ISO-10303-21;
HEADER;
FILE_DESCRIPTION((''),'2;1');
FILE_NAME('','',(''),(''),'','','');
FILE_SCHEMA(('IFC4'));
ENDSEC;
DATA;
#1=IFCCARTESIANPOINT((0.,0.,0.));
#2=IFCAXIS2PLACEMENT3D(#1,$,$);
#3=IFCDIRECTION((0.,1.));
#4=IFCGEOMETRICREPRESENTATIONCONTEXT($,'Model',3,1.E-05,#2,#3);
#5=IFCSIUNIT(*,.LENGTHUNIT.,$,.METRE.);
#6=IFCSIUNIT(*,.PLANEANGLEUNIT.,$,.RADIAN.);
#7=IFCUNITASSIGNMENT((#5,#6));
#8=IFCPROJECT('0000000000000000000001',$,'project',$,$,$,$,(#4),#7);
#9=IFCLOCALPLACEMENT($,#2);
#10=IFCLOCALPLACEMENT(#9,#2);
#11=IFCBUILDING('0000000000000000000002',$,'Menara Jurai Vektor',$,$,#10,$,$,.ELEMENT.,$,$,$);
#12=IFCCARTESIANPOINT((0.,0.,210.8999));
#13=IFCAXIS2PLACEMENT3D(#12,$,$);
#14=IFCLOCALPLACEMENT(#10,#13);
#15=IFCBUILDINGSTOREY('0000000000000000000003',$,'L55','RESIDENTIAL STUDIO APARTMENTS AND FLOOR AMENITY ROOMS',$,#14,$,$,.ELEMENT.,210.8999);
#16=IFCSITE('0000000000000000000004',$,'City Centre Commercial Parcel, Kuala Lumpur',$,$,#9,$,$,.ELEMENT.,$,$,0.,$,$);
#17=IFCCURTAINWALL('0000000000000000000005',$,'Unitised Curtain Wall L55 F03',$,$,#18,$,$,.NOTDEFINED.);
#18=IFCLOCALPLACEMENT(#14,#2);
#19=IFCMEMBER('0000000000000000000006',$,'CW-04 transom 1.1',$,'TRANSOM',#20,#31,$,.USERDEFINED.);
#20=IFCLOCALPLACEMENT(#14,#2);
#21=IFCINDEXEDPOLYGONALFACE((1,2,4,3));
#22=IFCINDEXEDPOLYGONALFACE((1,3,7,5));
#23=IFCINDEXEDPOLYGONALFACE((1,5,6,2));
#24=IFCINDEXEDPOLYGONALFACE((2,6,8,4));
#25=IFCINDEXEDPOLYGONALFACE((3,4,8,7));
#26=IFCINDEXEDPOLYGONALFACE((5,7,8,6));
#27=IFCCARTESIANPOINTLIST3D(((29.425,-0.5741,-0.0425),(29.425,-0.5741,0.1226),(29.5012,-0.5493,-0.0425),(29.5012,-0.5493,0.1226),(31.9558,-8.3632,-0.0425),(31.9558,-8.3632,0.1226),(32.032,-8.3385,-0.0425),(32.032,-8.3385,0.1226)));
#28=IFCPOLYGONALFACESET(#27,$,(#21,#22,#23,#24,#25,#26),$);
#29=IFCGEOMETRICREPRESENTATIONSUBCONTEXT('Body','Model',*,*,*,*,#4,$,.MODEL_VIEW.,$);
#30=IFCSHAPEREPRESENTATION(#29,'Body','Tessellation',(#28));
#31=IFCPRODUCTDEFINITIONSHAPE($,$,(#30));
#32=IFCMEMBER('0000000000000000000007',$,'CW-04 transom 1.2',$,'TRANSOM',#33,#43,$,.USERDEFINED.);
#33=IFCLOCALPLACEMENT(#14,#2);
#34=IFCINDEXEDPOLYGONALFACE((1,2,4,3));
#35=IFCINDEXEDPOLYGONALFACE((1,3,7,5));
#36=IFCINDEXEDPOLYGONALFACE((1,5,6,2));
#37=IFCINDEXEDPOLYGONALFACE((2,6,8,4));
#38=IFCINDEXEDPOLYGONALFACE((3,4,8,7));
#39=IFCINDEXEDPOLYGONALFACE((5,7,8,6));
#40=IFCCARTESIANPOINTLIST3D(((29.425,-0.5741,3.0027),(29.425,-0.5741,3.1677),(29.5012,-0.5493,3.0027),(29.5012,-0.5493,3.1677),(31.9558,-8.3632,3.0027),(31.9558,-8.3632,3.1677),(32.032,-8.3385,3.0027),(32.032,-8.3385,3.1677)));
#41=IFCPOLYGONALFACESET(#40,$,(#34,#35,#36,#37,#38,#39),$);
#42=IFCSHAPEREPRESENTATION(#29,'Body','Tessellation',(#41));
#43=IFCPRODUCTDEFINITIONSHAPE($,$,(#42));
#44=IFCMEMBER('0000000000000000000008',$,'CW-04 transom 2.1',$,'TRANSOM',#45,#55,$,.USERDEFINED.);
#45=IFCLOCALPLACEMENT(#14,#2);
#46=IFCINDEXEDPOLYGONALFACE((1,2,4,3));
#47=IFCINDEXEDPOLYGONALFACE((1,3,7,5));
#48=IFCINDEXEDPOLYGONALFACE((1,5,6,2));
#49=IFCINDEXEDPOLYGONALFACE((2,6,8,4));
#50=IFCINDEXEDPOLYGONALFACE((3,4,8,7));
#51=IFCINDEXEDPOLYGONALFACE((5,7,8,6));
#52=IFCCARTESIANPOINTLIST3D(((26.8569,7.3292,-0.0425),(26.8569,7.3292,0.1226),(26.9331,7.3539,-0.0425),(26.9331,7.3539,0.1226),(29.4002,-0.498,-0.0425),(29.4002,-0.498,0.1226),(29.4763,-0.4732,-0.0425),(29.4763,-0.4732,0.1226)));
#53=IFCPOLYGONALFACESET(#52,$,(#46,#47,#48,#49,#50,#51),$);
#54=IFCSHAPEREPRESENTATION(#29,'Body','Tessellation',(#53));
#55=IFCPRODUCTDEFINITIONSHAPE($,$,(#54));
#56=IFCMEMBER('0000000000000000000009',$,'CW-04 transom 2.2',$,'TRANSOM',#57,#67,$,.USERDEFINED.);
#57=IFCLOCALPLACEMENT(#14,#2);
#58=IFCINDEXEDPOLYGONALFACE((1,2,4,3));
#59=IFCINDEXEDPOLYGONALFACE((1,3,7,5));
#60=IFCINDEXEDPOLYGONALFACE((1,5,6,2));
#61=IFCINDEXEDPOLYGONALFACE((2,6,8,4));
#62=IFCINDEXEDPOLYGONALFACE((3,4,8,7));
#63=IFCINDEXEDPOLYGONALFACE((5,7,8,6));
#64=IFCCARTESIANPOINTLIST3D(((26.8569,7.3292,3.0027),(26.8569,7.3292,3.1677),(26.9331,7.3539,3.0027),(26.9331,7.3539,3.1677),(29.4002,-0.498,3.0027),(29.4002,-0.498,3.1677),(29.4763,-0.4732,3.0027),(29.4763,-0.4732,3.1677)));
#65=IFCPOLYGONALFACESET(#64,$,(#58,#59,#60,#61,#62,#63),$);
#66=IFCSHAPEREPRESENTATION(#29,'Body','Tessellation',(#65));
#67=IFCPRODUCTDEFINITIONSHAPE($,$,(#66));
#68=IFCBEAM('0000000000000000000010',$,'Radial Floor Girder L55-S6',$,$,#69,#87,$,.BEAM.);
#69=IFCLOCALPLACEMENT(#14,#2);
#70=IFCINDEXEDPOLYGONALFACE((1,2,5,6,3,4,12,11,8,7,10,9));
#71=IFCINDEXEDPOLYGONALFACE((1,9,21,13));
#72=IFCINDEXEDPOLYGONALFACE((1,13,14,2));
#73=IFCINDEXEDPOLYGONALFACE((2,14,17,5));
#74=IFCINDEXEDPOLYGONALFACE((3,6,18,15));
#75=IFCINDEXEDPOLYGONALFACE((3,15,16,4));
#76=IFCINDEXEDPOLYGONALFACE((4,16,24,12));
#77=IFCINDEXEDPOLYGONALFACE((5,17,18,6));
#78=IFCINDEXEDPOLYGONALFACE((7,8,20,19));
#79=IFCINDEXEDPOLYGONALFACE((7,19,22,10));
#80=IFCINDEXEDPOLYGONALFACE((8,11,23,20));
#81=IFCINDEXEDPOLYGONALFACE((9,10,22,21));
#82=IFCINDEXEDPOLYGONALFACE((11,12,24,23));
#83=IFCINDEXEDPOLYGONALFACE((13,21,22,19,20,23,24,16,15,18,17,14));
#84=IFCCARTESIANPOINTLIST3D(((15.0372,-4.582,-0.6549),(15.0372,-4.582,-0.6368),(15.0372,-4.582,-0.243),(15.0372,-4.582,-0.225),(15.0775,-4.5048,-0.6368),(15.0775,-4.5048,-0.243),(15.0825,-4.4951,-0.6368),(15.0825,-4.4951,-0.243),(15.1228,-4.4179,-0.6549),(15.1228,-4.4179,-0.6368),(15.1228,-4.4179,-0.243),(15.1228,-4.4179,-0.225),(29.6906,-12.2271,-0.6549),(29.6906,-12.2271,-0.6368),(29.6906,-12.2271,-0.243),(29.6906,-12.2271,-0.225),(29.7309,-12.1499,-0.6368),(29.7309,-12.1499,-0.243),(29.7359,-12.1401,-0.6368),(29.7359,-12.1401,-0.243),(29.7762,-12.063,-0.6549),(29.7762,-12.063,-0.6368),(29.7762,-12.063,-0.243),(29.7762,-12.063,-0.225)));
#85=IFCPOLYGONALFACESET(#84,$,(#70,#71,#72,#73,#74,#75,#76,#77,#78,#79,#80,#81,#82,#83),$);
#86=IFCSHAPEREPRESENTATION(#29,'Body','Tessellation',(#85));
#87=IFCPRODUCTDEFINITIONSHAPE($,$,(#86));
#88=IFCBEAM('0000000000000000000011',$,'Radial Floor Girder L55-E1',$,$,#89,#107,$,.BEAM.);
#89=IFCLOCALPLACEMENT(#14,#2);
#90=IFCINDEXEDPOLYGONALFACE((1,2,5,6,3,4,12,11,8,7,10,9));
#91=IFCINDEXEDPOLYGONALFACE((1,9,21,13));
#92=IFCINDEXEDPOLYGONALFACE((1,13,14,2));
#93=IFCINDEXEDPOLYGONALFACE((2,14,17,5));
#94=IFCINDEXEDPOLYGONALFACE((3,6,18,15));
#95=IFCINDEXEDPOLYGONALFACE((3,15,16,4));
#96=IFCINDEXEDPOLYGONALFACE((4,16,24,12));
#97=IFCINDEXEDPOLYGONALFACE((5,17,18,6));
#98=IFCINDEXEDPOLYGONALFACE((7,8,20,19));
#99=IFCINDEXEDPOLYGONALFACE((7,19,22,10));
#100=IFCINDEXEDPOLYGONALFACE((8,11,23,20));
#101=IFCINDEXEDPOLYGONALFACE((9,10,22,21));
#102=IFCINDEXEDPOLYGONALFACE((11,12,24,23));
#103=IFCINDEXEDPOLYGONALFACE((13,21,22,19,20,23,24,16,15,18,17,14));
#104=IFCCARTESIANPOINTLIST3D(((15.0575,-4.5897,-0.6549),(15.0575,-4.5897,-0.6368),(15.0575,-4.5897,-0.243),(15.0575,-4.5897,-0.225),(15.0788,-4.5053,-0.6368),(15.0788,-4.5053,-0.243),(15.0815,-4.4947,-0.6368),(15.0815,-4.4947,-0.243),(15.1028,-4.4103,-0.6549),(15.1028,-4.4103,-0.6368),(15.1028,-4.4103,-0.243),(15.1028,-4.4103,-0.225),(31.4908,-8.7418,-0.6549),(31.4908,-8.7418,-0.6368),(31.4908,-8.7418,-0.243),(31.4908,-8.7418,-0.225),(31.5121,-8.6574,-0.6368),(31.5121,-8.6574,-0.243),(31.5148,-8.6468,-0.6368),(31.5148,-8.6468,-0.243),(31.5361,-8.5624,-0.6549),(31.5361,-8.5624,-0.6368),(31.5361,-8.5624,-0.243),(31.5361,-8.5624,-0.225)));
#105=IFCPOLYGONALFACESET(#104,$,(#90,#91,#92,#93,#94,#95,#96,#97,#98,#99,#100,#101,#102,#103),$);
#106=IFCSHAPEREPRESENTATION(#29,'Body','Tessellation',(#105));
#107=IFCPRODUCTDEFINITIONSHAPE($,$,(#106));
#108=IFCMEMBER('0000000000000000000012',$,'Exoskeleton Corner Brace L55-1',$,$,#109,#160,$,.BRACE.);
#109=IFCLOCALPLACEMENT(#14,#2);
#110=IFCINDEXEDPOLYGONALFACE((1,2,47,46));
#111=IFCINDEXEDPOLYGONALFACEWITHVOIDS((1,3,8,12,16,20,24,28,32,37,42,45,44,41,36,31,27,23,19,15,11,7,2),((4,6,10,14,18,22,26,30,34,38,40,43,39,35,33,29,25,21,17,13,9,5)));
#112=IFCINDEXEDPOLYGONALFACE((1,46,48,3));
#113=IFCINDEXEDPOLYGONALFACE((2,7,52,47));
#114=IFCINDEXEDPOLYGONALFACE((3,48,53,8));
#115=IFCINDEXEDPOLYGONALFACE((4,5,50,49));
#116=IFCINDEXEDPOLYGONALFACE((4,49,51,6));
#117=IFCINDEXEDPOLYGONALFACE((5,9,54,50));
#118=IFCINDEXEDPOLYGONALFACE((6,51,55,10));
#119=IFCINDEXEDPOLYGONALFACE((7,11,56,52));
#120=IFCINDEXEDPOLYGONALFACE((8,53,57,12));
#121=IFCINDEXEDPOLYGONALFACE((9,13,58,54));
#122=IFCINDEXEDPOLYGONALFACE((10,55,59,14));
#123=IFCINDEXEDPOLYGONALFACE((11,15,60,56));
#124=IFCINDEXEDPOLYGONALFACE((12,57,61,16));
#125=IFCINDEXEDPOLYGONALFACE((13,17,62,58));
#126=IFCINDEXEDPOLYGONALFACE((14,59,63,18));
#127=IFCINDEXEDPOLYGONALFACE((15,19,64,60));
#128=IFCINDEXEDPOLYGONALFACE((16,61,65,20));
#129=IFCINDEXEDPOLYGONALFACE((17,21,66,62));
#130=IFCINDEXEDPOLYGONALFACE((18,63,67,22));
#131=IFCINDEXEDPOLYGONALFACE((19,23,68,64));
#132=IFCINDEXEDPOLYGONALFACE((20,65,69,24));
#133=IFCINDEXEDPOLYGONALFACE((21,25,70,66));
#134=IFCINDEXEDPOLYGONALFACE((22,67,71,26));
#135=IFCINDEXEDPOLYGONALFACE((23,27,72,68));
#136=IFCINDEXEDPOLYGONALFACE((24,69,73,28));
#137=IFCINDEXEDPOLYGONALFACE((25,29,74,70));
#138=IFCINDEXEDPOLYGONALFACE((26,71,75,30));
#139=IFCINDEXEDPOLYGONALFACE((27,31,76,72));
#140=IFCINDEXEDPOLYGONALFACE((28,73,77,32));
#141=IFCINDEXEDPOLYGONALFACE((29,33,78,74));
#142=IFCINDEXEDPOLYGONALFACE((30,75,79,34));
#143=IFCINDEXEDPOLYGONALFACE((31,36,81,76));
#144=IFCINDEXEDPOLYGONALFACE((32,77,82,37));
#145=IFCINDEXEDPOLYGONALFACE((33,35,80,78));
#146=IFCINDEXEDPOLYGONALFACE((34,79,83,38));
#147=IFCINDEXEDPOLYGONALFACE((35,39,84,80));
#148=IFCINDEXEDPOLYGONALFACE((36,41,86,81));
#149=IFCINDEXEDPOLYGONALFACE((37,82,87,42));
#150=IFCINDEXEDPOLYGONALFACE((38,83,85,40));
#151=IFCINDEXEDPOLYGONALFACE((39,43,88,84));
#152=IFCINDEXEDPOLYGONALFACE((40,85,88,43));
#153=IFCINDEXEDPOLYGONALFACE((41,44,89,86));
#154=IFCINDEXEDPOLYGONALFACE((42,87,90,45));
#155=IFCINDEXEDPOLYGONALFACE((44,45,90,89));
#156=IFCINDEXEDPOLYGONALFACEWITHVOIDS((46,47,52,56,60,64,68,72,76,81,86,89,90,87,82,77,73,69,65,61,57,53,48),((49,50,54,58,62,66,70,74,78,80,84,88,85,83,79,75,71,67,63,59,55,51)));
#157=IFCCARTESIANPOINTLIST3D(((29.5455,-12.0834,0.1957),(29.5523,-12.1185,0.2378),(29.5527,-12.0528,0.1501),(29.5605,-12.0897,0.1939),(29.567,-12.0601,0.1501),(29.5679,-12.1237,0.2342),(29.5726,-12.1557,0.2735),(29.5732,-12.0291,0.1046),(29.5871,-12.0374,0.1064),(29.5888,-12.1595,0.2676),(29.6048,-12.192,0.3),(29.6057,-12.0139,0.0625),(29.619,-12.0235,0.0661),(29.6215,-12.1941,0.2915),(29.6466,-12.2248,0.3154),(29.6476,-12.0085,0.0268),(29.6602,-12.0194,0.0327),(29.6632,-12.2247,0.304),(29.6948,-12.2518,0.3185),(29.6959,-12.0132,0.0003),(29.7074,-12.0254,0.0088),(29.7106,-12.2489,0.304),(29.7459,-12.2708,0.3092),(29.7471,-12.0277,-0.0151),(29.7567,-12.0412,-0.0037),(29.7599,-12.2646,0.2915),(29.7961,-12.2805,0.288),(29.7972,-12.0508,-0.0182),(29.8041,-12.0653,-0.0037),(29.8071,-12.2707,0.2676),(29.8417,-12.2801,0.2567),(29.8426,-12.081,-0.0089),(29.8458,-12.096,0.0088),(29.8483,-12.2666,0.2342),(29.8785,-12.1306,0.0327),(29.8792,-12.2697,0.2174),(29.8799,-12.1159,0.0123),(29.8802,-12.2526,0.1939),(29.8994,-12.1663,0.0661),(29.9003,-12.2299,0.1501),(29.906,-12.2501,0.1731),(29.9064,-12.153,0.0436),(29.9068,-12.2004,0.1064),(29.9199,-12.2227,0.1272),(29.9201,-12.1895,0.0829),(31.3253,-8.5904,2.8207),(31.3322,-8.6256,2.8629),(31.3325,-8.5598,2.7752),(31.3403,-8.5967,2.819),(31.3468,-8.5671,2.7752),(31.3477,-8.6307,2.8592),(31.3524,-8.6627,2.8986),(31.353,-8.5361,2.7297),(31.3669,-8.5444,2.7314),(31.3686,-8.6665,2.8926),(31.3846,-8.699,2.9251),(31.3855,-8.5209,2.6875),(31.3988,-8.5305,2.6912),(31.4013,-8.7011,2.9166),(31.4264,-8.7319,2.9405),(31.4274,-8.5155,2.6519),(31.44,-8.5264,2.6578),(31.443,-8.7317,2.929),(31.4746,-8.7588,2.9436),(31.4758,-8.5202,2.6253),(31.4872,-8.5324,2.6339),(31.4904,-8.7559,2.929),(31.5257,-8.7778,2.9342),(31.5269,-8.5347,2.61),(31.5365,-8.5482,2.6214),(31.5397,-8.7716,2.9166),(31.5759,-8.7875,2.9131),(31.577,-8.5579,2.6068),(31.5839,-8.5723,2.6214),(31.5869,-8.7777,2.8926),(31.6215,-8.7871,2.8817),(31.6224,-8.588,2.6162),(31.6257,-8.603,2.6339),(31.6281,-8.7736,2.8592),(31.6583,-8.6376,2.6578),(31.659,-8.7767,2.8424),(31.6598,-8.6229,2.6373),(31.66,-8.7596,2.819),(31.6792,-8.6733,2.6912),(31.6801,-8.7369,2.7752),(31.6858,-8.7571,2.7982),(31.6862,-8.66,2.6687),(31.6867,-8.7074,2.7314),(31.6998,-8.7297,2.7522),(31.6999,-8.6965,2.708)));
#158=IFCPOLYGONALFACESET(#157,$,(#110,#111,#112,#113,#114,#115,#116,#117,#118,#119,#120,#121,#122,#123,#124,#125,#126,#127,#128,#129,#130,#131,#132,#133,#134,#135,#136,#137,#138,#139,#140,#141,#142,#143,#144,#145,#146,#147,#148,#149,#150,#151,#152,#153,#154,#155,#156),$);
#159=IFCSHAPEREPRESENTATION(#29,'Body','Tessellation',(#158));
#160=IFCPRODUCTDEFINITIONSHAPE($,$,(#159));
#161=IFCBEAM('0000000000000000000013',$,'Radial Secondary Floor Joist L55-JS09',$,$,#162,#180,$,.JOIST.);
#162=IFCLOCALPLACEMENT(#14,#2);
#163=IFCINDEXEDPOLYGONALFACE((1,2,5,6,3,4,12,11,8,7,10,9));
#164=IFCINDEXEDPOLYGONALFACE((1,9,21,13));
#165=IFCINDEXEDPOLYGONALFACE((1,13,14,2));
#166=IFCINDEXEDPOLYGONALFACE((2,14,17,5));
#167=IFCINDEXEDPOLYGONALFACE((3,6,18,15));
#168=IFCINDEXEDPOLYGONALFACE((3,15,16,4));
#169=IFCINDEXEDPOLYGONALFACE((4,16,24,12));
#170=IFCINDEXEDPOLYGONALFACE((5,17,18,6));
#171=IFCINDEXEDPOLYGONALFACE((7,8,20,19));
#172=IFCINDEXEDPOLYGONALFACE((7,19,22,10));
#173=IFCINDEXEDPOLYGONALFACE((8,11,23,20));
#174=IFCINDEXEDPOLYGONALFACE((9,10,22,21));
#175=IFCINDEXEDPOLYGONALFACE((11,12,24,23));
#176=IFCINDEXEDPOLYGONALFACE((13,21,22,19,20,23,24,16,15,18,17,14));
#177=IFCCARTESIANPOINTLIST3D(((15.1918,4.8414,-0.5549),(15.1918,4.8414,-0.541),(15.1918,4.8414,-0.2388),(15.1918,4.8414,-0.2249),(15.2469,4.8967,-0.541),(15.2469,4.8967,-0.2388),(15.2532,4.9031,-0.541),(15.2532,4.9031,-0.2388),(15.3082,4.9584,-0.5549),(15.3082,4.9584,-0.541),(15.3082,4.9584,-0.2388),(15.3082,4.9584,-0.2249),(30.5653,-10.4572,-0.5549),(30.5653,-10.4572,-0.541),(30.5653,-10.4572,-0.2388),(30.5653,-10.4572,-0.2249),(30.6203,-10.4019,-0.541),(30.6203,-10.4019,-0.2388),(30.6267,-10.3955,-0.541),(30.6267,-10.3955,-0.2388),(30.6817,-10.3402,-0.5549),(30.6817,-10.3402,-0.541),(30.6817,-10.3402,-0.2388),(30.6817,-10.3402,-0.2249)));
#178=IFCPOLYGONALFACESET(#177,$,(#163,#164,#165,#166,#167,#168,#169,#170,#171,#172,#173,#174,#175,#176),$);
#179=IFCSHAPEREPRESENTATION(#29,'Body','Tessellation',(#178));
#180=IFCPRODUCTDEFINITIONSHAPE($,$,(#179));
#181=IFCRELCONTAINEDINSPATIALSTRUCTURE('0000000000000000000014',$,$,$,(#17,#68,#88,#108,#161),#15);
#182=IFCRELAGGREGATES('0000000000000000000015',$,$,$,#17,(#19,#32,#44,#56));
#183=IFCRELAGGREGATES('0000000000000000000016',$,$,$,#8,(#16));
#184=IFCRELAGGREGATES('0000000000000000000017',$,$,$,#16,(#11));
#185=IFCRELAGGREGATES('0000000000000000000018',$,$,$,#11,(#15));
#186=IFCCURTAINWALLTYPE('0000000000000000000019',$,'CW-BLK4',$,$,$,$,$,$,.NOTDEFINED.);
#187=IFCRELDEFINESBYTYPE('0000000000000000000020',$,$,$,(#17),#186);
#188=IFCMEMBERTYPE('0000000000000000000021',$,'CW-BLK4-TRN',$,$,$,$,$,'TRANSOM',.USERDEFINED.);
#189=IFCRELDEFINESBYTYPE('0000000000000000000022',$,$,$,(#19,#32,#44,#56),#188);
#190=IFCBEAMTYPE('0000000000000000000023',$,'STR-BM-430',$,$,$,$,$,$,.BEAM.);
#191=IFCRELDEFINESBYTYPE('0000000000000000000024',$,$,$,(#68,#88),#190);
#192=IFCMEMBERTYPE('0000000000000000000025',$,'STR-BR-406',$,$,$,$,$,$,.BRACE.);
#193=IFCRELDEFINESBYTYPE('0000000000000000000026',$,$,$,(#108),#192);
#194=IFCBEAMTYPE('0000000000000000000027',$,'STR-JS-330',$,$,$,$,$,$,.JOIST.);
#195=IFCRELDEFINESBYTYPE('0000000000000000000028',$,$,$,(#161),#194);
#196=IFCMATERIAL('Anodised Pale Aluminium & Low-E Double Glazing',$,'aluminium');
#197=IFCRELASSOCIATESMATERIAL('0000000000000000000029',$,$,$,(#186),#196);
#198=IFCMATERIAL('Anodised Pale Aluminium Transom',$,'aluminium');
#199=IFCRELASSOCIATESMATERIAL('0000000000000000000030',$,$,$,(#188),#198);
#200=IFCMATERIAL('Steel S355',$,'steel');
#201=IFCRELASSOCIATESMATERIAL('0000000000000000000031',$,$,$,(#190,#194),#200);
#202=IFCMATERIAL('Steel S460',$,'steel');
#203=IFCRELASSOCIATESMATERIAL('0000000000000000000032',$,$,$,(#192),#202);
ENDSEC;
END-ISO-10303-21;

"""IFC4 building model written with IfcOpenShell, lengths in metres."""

from ifc_helpers import new_model, si_unit, direction, frame, origin, origin_2d, place, context, subcontext, project, spatial, rectangle, hollow_circle, i_section, extrude, material, material_profile, profile_set, type_object, element, aggregate, save


model = new_model("IFC4")

# Units and contexts
model_context = context("Model", 3, precision=1e-05, world=origin(), true_north=direction((0.0, 1.0)))
body_context = subcontext(model_context, "Body", "Model", "MODEL_VIEW")
ifc_project = project(units=[si_unit("LENGTHUNIT", "METRE"), si_unit("PLANEANGLEUNIT", "RADIAN")], contexts=[model_context])

# Site, building, storey
site_placement = place(None, origin())
site = spatial("IfcSite", under=ifc_project, at=site_placement, Name="City Centre Commercial Parcel, Kuala Lumpur", CompositionType="ELEMENT", RefElevation=0.0)
building_placement = place(site_placement, origin())
building = spatial("IfcBuilding", under=site, at=building_placement, Name="Menara Jurai Vektor", CompositionType="ELEMENT")
storey_placement = place(building_placement, frame((0.0, 0.0, 210.8999)))
storey = spatial("IfcBuildingStorey", under=building, at=storey_placement, Name="L55", Description="RESIDENTIAL STUDIO APARTMENTS AND FLOOR AMENITY ROOMS", CompositionType="ELEMENT", Elevation=210.8999)

# Shared definitions
ifc_material_1 = material(Name="Steel S460", Category="steel")

# Shared definitions
ifc_material_2 = material(Name="Anodised Pale Aluminium & Low-E Double Glazing", Category="aluminium")
curtain_wall_type = type_object("IfcCurtainWallType", Name="CW-BLK4", PredefinedType="NOTDEFINED", material=ifc_material_2)

# Curtain wall
curtain_wall_1_placement = place(storey_placement, origin())
curtain_wall_1 = element("IfcCurtainWall", 1, at=curtain_wall_1_placement, inside=storey, type_object=curtain_wall_type, Name="Unitised Curtain Wall L55 F03", PredefinedType="NOTDEFINED")

# Members
ifc_material_3 = material(Name="Anodised Pale Aluminium Transom", Category="aluminium")
ifc_material_profile_1 = material_profile(ifc_material_3, rectangle(XDim=0.0801, YDim=0.165, at=origin_2d()), Name="ALU TRN 80x165")
ifc_profile_set_1 = profile_set([ifc_material_profile_1], Name="Anodised Pale Aluminium Transom")
member_type_1 = type_object("IfcMemberType", Name="CW-BLK4-TRN", ElementType="TRANSOM", PredefinedType="USERDEFINED", material=ifc_profile_set_1)
member_1_placement = place(storey_placement, frame((31.9939, -8.3508, 0.04), z_axis=(-0.309011, 0.951059, 0.0), x_axis=(-0.951059, -0.309011, 0.0)))
member_1 = element("IfcMember", 2, at=member_1_placement, type_object=member_type_1, Name="CW-04 transom 1.1", ObjectType="TRANSOM", PredefinedType="USERDEFINED", context=body_context, shape_type="SweptSolid", body=[
    extrude(rectangle(XDim=0.0801, YDim=0.165, at=origin_2d()), origin(), (0.0, 0.0, 1.0), 8.1899),
])
member_2_placement = place(storey_placement, frame((31.9939, -8.3508, 3.0852), z_axis=(-0.309011, 0.951059, 0.0), x_axis=(-0.951059, -0.309011, 0.0)))
member_2 = element("IfcMember", 3, at=member_2_placement, type_object=member_type_1, Name="CW-04 transom 1.2", ObjectType="TRANSOM", PredefinedType="USERDEFINED", context=body_context, shape_type="SweptSolid", body=[
    extrude(rectangle(XDim=0.0801, YDim=0.165, at=origin_2d()), origin(), (0.0, 0.0, 1.0), 8.1899),
])
member_3_placement = place(storey_placement, frame((29.4382, -0.4856, 0.04), z_axis=(-0.309019, 0.951056, 0.0), x_axis=(-0.951056, -0.309019, 0.0)))
member_3 = element("IfcMember", 4, at=member_3_placement, type_object=member_type_1, Name="CW-04 transom 2.1", ObjectType="TRANSOM", PredefinedType="USERDEFINED", context=body_context, shape_type="SweptSolid", body=[
    extrude(rectangle(XDim=0.0801, YDim=0.165, at=origin_2d()), origin(), (0.0, 0.0, 1.0), 8.23),
])
member_4_placement = place(storey_placement, frame((29.4382, -0.4856, 3.0852), z_axis=(-0.309019, 0.951056, 0.0), x_axis=(-0.951056, -0.309019, 0.0)))
member_4 = element("IfcMember", 5, at=member_4_placement, type_object=member_type_1, Name="CW-04 transom 2.2", ObjectType="TRANSOM", PredefinedType="USERDEFINED", context=body_context, shape_type="SweptSolid", body=[
    extrude(rectangle(XDim=0.0801, YDim=0.165, at=origin_2d()), origin(), (0.0, 0.0, 1.0), 8.23),
])

# Beams
ifc_material_4 = material(Name="Steel S355", Category="steel")
ifc_material_profile_2 = material_profile(ifc_material_4, i_section(OverallWidth=0.1851, OverallDepth=0.4299, WebThickness=0.011, FlangeThickness=0.0181, at=origin_2d()), Name="PG 430x185x76")
ifc_profile_set_2 = profile_set([ifc_material_profile_2], Name="Steel S355")
beam_type_1 = type_object("IfcBeamType", Name="STR-BM-430", PredefinedType="BEAM", material=ifc_profile_set_2)
beam_1_placement = place(storey_placement, frame((29.7334, -12.145, -0.4399), z_axis=(-0.88659, 0.462557, 0.0), x_axis=(-0.462557, -0.88659, 0.0)))
element("IfcBeam", 6, at=beam_1_placement, inside=storey, type_object=beam_type_1, Name="Radial Floor Girder L55-S6", PredefinedType="BEAM", context=body_context, shape_type="SweptSolid", body=[
    extrude(i_section(OverallWidth=0.1851, OverallDepth=0.4299, WebThickness=0.011, FlangeThickness=0.0181, at=origin_2d()), origin(), (0.0, 0.0, 1.0), 16.5278),
])
beam_2_placement = place(storey_placement, frame((31.5134, -8.6521, -0.4399), z_axis=(-0.969532, 0.244965, 0.0), x_axis=(-0.244965, -0.969532, 0.0)))
element("IfcBeam", 7, at=beam_2_placement, inside=storey, type_object=beam_type_1, Name="Radial Floor Girder L55-E1", PredefinedType="BEAM", context=body_context, shape_type="SweptSolid", body=[
    extrude(i_section(OverallWidth=0.1851, OverallDepth=0.4299, WebThickness=0.011, FlangeThickness=0.0181, at=origin_2d()), origin(), (0.0, 0.0, 1.0), 16.9497),
])

# Member
ifc_material_profile_3 = material_profile(ifc_material_1, hollow_circle(Radius=0.2031, WallThickness=0.0161, at=origin_2d()), Name="CHS 406.4x16")
ifc_profile_set_3 = profile_set([ifc_material_profile_3], Name="Steel S460")
member_type_2 = type_object("IfcMemberType", Name="STR-BR-406", PredefinedType="BRACE", material=ifc_profile_set_3)
member_5_placement = place(storey_placement, frame((29.7336, -12.145, 0.1501), z_axis=(0.37724, 0.740352, 0.556389), x_axis=(-0.891001, 0.454001, 0.0)))
element("IfcMember", 8, at=member_5_placement, inside=storey, type_object=member_type_2, Name="Exoskeleton Corner Brace L55-1", PredefinedType="BRACE", context=body_context, shape_type="SweptSolid", body=[
    extrude(hollow_circle(Radius=0.2031, WallThickness=0.0161, at=origin_2d()), origin(), (0.0, 0.0, 1.0), 4.718),
])

# Beam
ifc_material_profile_4 = material_profile(ifc_material_4, i_section(OverallWidth=0.165, OverallDepth=0.3301, WebThickness=0.009, FlangeThickness=0.0139, at=origin_2d()), Name="PG 330x165x46")
ifc_profile_set_4 = profile_set([ifc_material_profile_4], Name="Steel S355")
beam_type_2 = type_object("IfcBeamType", Name="STR-JS-330", PredefinedType="JOIST", material=ifc_profile_set_4)
beam_3_placement = place(storey_placement, frame((30.6235, -10.3987, -0.3899), z_axis=(-0.708833, 0.705377, 0.0), x_axis=(-0.705377, -0.708833, 0.0)))
element("IfcBeam", 9, at=beam_3_placement, inside=storey, type_object=beam_type_2, Name="Radial Secondary Floor Joist L55-JS09", PredefinedType="JOIST", context=body_context, shape_type="SweptSolid", body=[
    extrude(i_section(OverallWidth=0.165, OverallDepth=0.3301, WebThickness=0.009, FlangeThickness=0.0139, at=origin_2d()), origin(), (0.0, 0.0, 1.0), 21.6885),
])

aggregate(curtain_wall_1, [member_1, member_2, member_3, member_4])

save(model, "model.ifc")
